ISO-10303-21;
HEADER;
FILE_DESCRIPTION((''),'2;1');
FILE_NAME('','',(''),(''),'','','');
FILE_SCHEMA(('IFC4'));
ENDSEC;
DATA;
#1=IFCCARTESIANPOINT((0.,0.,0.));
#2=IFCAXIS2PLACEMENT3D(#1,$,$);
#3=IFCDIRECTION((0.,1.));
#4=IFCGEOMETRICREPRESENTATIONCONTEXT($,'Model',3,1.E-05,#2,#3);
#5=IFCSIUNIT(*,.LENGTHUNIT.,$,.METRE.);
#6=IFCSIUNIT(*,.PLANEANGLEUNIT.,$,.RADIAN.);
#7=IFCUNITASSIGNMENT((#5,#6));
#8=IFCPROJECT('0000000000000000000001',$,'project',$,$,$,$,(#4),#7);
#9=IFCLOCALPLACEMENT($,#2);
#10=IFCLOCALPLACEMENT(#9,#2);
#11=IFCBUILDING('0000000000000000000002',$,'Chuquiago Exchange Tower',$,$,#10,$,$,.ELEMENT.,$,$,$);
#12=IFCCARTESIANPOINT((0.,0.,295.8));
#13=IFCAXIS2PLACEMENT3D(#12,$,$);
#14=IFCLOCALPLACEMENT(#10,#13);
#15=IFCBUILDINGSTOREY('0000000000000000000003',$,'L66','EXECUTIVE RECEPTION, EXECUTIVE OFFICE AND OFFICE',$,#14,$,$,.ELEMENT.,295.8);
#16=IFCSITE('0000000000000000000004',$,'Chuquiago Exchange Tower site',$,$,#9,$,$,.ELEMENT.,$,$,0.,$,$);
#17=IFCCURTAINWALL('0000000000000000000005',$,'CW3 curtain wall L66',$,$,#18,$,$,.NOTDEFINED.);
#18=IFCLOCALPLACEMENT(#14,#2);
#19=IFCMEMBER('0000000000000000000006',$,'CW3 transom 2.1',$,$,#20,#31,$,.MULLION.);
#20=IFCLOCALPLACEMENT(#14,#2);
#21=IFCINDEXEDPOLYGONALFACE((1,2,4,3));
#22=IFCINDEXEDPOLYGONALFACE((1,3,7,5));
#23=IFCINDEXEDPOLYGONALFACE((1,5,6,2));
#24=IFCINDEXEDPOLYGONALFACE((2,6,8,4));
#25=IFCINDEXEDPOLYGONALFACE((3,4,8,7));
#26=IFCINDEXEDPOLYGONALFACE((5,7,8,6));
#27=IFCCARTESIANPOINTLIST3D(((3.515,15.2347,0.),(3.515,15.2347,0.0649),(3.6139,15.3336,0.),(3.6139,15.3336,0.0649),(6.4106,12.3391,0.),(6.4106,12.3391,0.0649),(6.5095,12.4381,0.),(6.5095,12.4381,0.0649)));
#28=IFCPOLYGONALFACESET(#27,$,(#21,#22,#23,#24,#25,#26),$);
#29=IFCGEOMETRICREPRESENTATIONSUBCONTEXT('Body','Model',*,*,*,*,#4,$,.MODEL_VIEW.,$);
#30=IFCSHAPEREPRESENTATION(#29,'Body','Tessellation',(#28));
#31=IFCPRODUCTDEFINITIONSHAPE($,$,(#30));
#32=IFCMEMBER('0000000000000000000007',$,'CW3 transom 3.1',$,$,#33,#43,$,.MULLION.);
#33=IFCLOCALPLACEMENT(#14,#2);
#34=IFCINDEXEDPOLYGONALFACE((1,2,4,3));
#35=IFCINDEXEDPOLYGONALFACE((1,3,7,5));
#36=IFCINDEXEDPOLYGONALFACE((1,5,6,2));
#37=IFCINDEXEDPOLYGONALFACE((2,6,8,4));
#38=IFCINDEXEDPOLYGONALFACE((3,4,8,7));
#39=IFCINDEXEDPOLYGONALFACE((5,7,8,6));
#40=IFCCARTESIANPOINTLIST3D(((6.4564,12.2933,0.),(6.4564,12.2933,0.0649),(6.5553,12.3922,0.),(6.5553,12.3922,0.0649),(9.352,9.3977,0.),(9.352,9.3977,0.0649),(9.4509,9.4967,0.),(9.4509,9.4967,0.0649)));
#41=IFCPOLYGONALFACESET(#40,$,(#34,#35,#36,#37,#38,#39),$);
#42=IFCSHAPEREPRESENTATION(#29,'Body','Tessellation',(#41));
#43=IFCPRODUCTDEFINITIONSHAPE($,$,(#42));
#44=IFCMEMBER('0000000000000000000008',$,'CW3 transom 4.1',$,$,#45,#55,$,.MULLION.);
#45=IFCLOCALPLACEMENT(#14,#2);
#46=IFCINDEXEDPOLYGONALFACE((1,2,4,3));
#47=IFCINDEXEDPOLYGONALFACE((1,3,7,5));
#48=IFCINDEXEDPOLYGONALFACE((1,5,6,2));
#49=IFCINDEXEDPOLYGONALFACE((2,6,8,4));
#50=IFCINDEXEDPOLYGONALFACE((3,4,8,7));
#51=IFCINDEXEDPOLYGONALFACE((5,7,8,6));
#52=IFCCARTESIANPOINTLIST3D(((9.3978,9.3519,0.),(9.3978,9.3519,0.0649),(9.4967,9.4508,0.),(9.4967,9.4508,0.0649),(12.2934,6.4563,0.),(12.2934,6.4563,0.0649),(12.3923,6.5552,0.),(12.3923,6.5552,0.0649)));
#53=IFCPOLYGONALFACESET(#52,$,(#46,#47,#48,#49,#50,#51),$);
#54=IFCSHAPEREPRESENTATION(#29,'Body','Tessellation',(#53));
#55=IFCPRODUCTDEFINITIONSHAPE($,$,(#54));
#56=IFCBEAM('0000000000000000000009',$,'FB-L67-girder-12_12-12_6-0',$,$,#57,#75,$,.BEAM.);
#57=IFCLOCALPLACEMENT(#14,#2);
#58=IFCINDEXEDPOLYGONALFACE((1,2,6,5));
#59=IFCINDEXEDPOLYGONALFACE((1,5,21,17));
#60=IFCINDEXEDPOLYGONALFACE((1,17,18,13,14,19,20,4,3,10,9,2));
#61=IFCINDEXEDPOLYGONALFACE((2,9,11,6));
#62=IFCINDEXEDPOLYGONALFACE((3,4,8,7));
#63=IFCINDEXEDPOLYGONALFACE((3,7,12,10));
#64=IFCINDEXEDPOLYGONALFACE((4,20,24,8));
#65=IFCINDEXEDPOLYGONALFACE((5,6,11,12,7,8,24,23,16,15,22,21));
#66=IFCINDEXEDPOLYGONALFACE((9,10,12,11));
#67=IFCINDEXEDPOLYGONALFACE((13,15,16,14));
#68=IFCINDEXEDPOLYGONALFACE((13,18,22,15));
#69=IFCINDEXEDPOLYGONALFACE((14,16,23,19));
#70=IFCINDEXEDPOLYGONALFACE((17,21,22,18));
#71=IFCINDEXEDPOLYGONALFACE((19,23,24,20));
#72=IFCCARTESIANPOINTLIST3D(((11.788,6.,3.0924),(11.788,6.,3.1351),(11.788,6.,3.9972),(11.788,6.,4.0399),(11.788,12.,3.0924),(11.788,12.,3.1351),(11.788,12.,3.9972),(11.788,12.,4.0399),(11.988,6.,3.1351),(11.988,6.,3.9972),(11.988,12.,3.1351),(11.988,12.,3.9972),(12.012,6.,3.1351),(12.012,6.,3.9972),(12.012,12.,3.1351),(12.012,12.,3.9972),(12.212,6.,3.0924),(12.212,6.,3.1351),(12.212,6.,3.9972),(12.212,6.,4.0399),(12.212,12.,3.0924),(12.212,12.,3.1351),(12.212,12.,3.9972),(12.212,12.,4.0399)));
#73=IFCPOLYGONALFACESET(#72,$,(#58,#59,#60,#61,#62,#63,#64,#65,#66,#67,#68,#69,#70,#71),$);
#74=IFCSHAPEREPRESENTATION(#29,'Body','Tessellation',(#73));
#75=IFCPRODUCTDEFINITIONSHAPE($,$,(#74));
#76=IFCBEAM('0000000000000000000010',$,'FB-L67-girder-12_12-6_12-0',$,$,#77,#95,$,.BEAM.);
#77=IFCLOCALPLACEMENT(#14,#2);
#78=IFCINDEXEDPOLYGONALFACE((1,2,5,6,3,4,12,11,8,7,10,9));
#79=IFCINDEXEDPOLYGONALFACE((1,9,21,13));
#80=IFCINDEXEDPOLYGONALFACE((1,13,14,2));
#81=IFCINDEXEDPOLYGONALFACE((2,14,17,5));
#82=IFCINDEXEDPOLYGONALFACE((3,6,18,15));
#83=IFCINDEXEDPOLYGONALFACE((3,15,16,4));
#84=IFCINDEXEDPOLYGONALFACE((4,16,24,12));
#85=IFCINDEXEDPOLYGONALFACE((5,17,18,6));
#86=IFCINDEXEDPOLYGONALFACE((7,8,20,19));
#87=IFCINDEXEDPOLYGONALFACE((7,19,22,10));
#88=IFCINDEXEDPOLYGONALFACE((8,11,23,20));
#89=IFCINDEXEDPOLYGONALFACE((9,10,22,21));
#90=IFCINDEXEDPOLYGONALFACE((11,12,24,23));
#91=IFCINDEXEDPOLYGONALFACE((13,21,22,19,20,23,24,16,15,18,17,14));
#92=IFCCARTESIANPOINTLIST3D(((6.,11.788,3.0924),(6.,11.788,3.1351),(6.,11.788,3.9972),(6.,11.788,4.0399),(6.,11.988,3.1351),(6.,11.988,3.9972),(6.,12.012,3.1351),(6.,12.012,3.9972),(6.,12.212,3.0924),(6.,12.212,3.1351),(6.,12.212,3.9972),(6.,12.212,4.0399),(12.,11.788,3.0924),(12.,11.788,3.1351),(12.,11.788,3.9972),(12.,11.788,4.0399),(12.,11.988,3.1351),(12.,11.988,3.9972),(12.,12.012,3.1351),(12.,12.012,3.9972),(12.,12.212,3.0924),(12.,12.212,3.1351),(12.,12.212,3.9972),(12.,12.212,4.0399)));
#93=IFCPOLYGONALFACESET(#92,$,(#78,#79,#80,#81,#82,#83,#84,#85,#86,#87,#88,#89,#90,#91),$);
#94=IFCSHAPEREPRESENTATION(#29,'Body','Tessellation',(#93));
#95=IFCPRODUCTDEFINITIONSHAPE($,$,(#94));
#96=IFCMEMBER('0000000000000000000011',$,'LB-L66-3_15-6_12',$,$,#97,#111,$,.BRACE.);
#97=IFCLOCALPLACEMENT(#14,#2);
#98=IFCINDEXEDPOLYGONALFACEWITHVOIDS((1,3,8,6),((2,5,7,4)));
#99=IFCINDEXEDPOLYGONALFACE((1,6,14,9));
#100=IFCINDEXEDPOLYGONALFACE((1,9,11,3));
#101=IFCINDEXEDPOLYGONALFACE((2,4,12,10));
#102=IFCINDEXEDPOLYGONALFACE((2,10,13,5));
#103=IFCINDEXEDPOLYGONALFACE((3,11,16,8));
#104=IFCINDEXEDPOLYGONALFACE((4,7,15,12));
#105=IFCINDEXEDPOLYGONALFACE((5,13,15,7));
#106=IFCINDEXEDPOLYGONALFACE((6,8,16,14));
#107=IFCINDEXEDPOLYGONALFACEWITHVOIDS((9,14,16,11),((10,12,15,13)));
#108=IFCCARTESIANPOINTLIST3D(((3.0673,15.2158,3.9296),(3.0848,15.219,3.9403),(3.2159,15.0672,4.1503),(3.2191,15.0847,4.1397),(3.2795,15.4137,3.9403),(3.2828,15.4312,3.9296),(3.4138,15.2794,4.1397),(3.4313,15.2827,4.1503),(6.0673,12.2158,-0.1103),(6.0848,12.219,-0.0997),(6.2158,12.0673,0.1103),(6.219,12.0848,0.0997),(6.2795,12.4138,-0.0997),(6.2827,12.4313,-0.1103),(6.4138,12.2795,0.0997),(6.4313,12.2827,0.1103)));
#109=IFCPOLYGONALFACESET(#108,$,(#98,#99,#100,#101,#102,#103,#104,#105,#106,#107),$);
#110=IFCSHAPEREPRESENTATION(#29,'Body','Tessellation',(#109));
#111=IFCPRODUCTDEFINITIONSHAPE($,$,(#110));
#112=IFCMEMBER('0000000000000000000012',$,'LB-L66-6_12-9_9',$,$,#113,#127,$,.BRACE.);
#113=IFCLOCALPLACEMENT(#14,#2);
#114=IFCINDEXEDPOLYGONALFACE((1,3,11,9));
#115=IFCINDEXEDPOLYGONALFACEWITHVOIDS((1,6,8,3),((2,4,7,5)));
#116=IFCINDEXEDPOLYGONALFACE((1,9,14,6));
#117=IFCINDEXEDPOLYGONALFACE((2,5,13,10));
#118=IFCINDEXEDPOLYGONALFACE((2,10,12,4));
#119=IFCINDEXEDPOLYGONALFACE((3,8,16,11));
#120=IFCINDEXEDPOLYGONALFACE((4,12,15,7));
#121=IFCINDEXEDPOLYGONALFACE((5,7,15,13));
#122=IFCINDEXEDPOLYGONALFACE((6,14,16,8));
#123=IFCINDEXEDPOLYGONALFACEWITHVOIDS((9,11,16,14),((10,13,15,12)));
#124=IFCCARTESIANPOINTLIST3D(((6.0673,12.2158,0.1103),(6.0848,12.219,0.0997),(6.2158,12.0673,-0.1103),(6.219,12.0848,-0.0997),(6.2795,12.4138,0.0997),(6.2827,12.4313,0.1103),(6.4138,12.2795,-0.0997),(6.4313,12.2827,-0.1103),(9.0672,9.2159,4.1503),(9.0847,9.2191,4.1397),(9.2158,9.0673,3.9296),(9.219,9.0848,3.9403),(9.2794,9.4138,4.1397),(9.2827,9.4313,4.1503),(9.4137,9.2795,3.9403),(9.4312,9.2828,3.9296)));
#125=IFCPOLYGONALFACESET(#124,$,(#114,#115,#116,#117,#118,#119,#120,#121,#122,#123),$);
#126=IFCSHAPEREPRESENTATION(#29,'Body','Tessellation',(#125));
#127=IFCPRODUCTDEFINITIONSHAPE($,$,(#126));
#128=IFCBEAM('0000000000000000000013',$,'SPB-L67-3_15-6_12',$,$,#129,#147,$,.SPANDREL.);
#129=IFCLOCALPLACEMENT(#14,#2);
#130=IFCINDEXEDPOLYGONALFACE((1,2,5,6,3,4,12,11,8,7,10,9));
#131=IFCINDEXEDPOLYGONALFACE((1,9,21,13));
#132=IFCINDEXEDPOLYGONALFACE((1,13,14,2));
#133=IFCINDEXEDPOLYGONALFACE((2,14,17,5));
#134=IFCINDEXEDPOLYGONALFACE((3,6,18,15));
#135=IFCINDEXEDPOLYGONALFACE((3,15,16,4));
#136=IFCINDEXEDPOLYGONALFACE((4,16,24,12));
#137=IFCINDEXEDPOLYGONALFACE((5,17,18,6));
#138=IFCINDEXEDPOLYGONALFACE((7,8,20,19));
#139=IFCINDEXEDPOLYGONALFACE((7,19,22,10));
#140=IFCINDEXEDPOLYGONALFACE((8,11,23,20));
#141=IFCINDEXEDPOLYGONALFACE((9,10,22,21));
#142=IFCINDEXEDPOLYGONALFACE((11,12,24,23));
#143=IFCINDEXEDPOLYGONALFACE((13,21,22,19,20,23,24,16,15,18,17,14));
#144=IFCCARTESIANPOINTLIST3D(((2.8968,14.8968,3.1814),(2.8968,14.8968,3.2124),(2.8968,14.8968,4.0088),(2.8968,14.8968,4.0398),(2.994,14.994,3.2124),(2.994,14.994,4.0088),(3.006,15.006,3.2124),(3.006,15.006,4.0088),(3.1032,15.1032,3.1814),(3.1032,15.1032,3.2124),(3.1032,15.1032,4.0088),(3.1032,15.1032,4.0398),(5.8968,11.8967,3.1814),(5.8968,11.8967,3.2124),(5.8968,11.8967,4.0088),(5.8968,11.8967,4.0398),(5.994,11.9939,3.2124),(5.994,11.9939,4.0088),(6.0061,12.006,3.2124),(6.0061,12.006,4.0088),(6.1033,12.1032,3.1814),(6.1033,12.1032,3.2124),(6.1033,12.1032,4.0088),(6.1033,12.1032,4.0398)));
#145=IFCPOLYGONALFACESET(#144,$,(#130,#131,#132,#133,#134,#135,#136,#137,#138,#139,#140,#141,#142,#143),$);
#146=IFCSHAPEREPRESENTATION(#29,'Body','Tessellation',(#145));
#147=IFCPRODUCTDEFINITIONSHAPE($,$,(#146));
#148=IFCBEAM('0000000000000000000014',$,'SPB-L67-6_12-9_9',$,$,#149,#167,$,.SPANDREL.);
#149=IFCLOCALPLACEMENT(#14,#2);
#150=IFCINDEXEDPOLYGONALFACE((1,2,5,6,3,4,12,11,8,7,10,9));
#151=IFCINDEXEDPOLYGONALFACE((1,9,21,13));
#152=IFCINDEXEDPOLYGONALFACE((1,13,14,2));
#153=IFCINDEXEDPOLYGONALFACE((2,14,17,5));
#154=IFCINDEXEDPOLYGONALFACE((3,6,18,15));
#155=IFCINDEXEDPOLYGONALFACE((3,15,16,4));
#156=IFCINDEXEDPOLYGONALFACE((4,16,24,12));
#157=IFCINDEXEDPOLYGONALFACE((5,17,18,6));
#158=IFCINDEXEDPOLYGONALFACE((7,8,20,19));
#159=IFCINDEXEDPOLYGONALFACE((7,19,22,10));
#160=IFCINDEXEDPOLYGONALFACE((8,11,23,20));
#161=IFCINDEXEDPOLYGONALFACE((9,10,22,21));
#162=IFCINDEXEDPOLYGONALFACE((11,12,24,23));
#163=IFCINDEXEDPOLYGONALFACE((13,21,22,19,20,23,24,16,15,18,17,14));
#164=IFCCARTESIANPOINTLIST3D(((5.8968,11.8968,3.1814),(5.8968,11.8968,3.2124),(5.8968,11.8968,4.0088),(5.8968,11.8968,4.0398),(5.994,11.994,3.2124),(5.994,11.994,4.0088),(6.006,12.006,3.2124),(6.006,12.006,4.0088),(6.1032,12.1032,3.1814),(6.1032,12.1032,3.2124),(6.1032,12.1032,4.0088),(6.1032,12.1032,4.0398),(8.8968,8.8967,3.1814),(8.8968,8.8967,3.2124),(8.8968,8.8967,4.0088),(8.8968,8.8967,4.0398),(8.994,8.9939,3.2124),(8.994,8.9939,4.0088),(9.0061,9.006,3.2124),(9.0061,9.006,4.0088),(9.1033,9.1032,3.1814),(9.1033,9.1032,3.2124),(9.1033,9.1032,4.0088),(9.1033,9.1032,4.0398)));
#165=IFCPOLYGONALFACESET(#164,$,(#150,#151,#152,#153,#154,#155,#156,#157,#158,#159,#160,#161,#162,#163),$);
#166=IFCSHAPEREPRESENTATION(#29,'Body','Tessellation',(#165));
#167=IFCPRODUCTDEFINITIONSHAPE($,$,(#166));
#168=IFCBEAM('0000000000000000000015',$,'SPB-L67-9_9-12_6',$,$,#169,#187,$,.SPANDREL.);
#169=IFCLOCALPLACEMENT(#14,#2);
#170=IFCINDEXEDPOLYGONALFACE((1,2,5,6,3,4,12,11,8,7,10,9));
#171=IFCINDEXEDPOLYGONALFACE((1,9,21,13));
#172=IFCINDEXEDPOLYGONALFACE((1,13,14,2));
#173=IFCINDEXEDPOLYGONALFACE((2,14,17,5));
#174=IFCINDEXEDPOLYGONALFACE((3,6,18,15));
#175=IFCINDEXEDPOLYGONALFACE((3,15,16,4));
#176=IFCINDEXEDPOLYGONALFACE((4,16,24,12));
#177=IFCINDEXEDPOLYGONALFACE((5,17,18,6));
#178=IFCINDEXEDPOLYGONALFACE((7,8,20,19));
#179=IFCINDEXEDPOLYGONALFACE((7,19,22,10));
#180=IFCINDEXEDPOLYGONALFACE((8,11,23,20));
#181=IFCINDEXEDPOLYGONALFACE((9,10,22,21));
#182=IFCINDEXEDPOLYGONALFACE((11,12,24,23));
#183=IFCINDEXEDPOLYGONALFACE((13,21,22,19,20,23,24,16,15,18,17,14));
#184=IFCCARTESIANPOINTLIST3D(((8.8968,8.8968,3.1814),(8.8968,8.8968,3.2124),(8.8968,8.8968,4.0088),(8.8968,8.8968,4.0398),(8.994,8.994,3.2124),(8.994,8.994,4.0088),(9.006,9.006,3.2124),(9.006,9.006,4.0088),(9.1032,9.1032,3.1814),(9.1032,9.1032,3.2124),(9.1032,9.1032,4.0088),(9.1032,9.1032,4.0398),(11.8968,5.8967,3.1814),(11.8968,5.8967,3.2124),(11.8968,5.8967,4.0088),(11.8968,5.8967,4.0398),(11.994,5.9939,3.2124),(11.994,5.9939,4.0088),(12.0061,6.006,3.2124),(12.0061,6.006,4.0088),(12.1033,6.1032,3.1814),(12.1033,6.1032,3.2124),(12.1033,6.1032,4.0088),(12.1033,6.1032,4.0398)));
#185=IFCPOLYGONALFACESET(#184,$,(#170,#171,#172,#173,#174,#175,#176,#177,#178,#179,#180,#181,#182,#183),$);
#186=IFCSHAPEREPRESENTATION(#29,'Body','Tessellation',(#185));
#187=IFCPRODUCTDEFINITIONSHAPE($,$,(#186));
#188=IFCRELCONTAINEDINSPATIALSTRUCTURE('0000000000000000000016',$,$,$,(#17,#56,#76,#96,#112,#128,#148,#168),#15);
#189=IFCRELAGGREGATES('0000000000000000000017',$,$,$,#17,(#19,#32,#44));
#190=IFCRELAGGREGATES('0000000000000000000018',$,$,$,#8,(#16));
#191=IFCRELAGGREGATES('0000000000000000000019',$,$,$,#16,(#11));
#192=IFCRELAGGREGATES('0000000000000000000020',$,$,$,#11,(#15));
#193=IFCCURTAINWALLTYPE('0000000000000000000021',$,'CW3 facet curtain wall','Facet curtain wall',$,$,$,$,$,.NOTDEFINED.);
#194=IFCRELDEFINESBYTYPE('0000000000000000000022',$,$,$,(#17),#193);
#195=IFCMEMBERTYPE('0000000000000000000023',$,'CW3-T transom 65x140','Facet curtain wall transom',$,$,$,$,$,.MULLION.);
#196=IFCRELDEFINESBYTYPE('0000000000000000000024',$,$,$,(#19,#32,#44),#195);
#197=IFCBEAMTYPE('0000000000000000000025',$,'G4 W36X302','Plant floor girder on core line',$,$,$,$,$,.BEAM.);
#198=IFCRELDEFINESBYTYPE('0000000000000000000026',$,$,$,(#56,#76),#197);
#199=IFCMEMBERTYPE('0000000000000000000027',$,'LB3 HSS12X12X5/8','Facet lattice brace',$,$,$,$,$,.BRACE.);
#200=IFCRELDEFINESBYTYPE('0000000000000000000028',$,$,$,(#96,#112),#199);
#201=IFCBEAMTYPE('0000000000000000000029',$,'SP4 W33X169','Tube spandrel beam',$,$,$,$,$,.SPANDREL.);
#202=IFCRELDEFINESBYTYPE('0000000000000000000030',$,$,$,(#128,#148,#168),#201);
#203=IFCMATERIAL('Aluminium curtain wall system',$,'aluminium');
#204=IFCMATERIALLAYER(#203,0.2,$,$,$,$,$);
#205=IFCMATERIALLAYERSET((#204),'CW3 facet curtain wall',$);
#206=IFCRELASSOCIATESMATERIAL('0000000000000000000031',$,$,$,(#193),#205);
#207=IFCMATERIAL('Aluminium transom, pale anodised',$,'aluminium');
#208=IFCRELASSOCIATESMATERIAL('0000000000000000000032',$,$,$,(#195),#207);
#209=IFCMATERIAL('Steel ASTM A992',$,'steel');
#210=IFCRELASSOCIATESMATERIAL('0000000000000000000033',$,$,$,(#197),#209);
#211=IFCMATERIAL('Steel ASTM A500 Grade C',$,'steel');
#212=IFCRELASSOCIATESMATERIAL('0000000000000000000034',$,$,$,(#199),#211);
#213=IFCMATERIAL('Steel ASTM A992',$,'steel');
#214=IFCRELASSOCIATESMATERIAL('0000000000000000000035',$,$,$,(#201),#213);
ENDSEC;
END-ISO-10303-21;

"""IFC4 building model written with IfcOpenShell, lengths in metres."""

from ifc_helpers import new_model, si_unit, direction, frame, origin, origin_2d, place, context, subcontext, project, spatial, rectangle, hollow_rectangle, i_section, extrude, material, layer, layer_set, material_profile, profile_set, type_object, element, aggregate, save


model = new_model("IFC4")

# Units and contexts
model_context = context("Model", 3, precision=1e-05, world=origin(), true_north=direction((0.0, 1.0)))
body_context = subcontext(model_context, "Body", "Model", "MODEL_VIEW")
ifc_project = project(units=[si_unit("LENGTHUNIT", "METRE"), si_unit("PLANEANGLEUNIT", "RADIAN")], contexts=[model_context])

# Site, building, storey
site_placement = place(None, origin())
site = spatial("IfcSite", under=ifc_project, at=site_placement, Name="Chuquiago Exchange Tower site", CompositionType="ELEMENT", RefElevation=0.0)
building_placement = place(site_placement, origin())
building = spatial("IfcBuilding", under=site, at=building_placement, Name="Chuquiago Exchange Tower", CompositionType="ELEMENT")
storey_placement = place(building_placement, frame((0.0, 0.0, 295.8)))
storey = spatial("IfcBuildingStorey", under=building, at=storey_placement, Name="L66", Description="EXECUTIVE RECEPTION, EXECUTIVE OFFICE AND OFFICE", CompositionType="ELEMENT", Elevation=295.8)

# Curtain wall, members
ifc_material_1 = material(Name="Aluminium curtain wall system", Category="aluminium")
ifc_layer_1 = layer(ifc_material_1, 0.2)
ifc_layer_set_1 = layer_set([ifc_layer_1], Name="CW3 facet curtain wall")
curtain_wall_type = type_object("IfcCurtainWallType", Name="CW3 facet curtain wall", Description="Facet curtain wall", PredefinedType="NOTDEFINED", material=ifc_layer_set_1)
curtain_wall_placement = place(storey_placement, origin())
curtain_wall = element("IfcCurtainWall", 1, at=curtain_wall_placement, inside=storey, type_object=curtain_wall_type, Name="CW3 curtain wall L66", PredefinedType="NOTDEFINED")
ifc_material_2 = material(Name="Aluminium transom, pale anodised", Category="aluminium")
ifc_material_profile_1 = material_profile(ifc_material_2, rectangle(XDim=0.1399, YDim=0.0649, at=origin_2d()), Name="AL 140x65")
ifc_profile_set_1 = profile_set([ifc_material_profile_1], Name="Aluminium transom, pale anodised")
member_type_1 = type_object("IfcMemberType", Name="CW3-T transom 65x140", Description="Facet curtain wall transom", PredefinedType="MULLION", material=ifc_profile_set_1)
member_1_placement = place(storey_placement, frame((3.5645, 15.2842, 0.0325), z_axis=(0.707107, -0.707107, 0.0), x_axis=(0.707107, 0.707107, 0.0)))
member_1 = element("IfcMember", 2, at=member_1_placement, type_object=member_type_1, Name="CW3 transom 2.1", PredefinedType="MULLION", context=body_context, shape_type="SweptSolid", body=[
    extrude(rectangle(XDim=0.1399, YDim=0.0649, at=origin_2d()), origin(), (0.0, 0.0, 1.0), 4.095),
])
member_2_placement = place(storey_placement, frame((6.5059, 12.3428, 0.0325), z_axis=(0.707107, -0.707107, 0.0), x_axis=(0.707107, 0.707107, 0.0)))
member_2 = element("IfcMember", 3, at=member_2_placement, type_object=member_type_1, Name="CW3 transom 3.1", PredefinedType="MULLION", context=body_context, shape_type="SweptSolid", body=[
    extrude(rectangle(XDim=0.1399, YDim=0.0649, at=origin_2d()), origin(), (0.0, 0.0, 1.0), 4.095),
])
member_3_placement = place(storey_placement, frame((9.4473, 9.4014, 0.0325), z_axis=(0.707107, -0.707107, 0.0), x_axis=(0.707107, 0.707107, 0.0)))
member_3 = element("IfcMember", 4, at=member_3_placement, type_object=member_type_1, Name="CW3 transom 4.1", PredefinedType="MULLION", context=body_context, shape_type="SweptSolid", body=[
    extrude(rectangle(XDim=0.1399, YDim=0.0649, at=origin_2d()), origin(), (0.0, 0.0, 1.0), 4.095),
])

# Beams
ifc_material_3 = material(Name="Steel ASTM A992", Category="steel")
ifc_material_profile_2 = material_profile(ifc_material_3, i_section(OverallWidth=0.4241, OverallDepth=0.9475, WebThickness=0.0239, FlangeThickness=0.0427, at=origin_2d()), Name="W36X302")
ifc_profile_set_2 = profile_set([ifc_material_profile_2], Name="Steel ASTM A992")
beam_type_1 = type_object("IfcBeamType", Name="G4 W36X302", Description="Plant floor girder on core line", PredefinedType="BEAM", material=ifc_profile_set_2)
for number, where, z_axis, x_axis, name in (
    (5, (12.0, 12.0, 3.5662), (0.0, -1.0, 0.0), (1.0, 0.0, 0.0), "FB-L67-girder-12_12-12_6-0"),
    (6, (12.0, 12.0, 3.5662), (-1.0, 0.0, 0.0), (0.0, -1.0, 0.0), "FB-L67-girder-12_12-6_12-0"),
):
    element("IfcBeam", number, at=place(storey_placement, frame(where, z_axis=z_axis, x_axis=x_axis)), inside=storey, type_object=beam_type_1, Name=name, PredefinedType="BEAM", context=body_context, shape_type="SweptSolid", body=[
        extrude(i_section(OverallWidth=0.4241, OverallDepth=0.9475, WebThickness=0.0239, FlangeThickness=0.0427, at=origin_2d()), origin(), (0.0, 0.0, 1.0), 6.0),
    ])

# Members
ifc_material_4 = material(Name="Steel ASTM A500 Grade C", Category="steel")
ifc_material_profile_3 = material_profile(ifc_material_4, hollow_rectangle(XDim=0.3047, YDim=0.3047, WallThickness=0.0146, at=origin_2d()), Name="HSS12X12X5/8")
ifc_profile_set_3 = profile_set([ifc_material_profile_3], Name="Steel ASTM A500 Grade C")
member_type_2 = type_object("IfcMemberType", Name="LB3 HSS12X12X5/8", Description="Facet lattice brace", PredefinedType="BRACE", material=ifc_profile_set_3)
for number, where, z_axis, x_axis, name in (
    (7, (6.2493, 12.2493, 0.0), (-0.512077, 0.512077, 0.689604), (-0.707107, -0.707107, 0.0), "LB-L66-3_15-6_12"),
    (8, (6.2493, 12.2493, 0.0), (0.512077, -0.512077, 0.689604), (0.707107, 0.707107, 0.0), "LB-L66-6_12-9_9"),
):
    element("IfcMember", number, at=place(storey_placement, frame(where, z_axis=z_axis, x_axis=x_axis)), inside=storey, type_object=member_type_2, Name=name, PredefinedType="BRACE", context=body_context, shape_type="SweptSolid", body=[
        extrude(hollow_rectangle(XDim=0.3047, YDim=0.3047, WallThickness=0.0146, at=origin_2d()), origin(), (0.0, 0.0, 1.0), 5.8584),
    ])

# Beams
ifc_material_5 = material(Name="Steel ASTM A992", Category="steel")
ifc_material_profile_4 = material_profile(ifc_material_5, i_section(OverallWidth=0.292, OverallDepth=0.8584, WebThickness=0.0171, FlangeThickness=0.031, at=origin_2d()), Name="W33X169")
ifc_profile_set_4 = profile_set([ifc_material_profile_4], Name="Steel ASTM A992")
beam_type_2 = type_object("IfcBeamType", Name="SP4 W33X169", Description="Tube spandrel beam", PredefinedType="SPANDREL", material=ifc_profile_set_4)
for number, where, z_axis, x_axis, name in (
    (9, (3.0, 15.0, 3.6106), (0.707107, -0.707107, 0.0), (0.707107, 0.707107, 0.0), "SPB-L67-3_15-6_12"),
    (10, (6.0, 12.0, 3.6106), (0.707107, -0.707107, 0.0), (0.707107, 0.707107, 0.0), "SPB-L67-6_12-9_9"),
    (11, (9.0, 9.0, 3.6106), (0.707107, -0.707107, 0.0), (0.707107, 0.707107, 0.0), "SPB-L67-9_9-12_6"),
):
    element("IfcBeam", number, at=place(storey_placement, frame(where, z_axis=z_axis, x_axis=x_axis)), inside=storey, type_object=beam_type_2, Name=name, PredefinedType="SPANDREL", context=body_context, shape_type="SweptSolid", body=[
        extrude(i_section(OverallWidth=0.292, OverallDepth=0.8584, WebThickness=0.0171, FlangeThickness=0.031, at=origin_2d()), origin(), (0.0, 0.0, 1.0), 4.2427),
    ])

aggregate(curtain_wall, [member_1, member_2, member_3])

save(model, "model.ifc")
